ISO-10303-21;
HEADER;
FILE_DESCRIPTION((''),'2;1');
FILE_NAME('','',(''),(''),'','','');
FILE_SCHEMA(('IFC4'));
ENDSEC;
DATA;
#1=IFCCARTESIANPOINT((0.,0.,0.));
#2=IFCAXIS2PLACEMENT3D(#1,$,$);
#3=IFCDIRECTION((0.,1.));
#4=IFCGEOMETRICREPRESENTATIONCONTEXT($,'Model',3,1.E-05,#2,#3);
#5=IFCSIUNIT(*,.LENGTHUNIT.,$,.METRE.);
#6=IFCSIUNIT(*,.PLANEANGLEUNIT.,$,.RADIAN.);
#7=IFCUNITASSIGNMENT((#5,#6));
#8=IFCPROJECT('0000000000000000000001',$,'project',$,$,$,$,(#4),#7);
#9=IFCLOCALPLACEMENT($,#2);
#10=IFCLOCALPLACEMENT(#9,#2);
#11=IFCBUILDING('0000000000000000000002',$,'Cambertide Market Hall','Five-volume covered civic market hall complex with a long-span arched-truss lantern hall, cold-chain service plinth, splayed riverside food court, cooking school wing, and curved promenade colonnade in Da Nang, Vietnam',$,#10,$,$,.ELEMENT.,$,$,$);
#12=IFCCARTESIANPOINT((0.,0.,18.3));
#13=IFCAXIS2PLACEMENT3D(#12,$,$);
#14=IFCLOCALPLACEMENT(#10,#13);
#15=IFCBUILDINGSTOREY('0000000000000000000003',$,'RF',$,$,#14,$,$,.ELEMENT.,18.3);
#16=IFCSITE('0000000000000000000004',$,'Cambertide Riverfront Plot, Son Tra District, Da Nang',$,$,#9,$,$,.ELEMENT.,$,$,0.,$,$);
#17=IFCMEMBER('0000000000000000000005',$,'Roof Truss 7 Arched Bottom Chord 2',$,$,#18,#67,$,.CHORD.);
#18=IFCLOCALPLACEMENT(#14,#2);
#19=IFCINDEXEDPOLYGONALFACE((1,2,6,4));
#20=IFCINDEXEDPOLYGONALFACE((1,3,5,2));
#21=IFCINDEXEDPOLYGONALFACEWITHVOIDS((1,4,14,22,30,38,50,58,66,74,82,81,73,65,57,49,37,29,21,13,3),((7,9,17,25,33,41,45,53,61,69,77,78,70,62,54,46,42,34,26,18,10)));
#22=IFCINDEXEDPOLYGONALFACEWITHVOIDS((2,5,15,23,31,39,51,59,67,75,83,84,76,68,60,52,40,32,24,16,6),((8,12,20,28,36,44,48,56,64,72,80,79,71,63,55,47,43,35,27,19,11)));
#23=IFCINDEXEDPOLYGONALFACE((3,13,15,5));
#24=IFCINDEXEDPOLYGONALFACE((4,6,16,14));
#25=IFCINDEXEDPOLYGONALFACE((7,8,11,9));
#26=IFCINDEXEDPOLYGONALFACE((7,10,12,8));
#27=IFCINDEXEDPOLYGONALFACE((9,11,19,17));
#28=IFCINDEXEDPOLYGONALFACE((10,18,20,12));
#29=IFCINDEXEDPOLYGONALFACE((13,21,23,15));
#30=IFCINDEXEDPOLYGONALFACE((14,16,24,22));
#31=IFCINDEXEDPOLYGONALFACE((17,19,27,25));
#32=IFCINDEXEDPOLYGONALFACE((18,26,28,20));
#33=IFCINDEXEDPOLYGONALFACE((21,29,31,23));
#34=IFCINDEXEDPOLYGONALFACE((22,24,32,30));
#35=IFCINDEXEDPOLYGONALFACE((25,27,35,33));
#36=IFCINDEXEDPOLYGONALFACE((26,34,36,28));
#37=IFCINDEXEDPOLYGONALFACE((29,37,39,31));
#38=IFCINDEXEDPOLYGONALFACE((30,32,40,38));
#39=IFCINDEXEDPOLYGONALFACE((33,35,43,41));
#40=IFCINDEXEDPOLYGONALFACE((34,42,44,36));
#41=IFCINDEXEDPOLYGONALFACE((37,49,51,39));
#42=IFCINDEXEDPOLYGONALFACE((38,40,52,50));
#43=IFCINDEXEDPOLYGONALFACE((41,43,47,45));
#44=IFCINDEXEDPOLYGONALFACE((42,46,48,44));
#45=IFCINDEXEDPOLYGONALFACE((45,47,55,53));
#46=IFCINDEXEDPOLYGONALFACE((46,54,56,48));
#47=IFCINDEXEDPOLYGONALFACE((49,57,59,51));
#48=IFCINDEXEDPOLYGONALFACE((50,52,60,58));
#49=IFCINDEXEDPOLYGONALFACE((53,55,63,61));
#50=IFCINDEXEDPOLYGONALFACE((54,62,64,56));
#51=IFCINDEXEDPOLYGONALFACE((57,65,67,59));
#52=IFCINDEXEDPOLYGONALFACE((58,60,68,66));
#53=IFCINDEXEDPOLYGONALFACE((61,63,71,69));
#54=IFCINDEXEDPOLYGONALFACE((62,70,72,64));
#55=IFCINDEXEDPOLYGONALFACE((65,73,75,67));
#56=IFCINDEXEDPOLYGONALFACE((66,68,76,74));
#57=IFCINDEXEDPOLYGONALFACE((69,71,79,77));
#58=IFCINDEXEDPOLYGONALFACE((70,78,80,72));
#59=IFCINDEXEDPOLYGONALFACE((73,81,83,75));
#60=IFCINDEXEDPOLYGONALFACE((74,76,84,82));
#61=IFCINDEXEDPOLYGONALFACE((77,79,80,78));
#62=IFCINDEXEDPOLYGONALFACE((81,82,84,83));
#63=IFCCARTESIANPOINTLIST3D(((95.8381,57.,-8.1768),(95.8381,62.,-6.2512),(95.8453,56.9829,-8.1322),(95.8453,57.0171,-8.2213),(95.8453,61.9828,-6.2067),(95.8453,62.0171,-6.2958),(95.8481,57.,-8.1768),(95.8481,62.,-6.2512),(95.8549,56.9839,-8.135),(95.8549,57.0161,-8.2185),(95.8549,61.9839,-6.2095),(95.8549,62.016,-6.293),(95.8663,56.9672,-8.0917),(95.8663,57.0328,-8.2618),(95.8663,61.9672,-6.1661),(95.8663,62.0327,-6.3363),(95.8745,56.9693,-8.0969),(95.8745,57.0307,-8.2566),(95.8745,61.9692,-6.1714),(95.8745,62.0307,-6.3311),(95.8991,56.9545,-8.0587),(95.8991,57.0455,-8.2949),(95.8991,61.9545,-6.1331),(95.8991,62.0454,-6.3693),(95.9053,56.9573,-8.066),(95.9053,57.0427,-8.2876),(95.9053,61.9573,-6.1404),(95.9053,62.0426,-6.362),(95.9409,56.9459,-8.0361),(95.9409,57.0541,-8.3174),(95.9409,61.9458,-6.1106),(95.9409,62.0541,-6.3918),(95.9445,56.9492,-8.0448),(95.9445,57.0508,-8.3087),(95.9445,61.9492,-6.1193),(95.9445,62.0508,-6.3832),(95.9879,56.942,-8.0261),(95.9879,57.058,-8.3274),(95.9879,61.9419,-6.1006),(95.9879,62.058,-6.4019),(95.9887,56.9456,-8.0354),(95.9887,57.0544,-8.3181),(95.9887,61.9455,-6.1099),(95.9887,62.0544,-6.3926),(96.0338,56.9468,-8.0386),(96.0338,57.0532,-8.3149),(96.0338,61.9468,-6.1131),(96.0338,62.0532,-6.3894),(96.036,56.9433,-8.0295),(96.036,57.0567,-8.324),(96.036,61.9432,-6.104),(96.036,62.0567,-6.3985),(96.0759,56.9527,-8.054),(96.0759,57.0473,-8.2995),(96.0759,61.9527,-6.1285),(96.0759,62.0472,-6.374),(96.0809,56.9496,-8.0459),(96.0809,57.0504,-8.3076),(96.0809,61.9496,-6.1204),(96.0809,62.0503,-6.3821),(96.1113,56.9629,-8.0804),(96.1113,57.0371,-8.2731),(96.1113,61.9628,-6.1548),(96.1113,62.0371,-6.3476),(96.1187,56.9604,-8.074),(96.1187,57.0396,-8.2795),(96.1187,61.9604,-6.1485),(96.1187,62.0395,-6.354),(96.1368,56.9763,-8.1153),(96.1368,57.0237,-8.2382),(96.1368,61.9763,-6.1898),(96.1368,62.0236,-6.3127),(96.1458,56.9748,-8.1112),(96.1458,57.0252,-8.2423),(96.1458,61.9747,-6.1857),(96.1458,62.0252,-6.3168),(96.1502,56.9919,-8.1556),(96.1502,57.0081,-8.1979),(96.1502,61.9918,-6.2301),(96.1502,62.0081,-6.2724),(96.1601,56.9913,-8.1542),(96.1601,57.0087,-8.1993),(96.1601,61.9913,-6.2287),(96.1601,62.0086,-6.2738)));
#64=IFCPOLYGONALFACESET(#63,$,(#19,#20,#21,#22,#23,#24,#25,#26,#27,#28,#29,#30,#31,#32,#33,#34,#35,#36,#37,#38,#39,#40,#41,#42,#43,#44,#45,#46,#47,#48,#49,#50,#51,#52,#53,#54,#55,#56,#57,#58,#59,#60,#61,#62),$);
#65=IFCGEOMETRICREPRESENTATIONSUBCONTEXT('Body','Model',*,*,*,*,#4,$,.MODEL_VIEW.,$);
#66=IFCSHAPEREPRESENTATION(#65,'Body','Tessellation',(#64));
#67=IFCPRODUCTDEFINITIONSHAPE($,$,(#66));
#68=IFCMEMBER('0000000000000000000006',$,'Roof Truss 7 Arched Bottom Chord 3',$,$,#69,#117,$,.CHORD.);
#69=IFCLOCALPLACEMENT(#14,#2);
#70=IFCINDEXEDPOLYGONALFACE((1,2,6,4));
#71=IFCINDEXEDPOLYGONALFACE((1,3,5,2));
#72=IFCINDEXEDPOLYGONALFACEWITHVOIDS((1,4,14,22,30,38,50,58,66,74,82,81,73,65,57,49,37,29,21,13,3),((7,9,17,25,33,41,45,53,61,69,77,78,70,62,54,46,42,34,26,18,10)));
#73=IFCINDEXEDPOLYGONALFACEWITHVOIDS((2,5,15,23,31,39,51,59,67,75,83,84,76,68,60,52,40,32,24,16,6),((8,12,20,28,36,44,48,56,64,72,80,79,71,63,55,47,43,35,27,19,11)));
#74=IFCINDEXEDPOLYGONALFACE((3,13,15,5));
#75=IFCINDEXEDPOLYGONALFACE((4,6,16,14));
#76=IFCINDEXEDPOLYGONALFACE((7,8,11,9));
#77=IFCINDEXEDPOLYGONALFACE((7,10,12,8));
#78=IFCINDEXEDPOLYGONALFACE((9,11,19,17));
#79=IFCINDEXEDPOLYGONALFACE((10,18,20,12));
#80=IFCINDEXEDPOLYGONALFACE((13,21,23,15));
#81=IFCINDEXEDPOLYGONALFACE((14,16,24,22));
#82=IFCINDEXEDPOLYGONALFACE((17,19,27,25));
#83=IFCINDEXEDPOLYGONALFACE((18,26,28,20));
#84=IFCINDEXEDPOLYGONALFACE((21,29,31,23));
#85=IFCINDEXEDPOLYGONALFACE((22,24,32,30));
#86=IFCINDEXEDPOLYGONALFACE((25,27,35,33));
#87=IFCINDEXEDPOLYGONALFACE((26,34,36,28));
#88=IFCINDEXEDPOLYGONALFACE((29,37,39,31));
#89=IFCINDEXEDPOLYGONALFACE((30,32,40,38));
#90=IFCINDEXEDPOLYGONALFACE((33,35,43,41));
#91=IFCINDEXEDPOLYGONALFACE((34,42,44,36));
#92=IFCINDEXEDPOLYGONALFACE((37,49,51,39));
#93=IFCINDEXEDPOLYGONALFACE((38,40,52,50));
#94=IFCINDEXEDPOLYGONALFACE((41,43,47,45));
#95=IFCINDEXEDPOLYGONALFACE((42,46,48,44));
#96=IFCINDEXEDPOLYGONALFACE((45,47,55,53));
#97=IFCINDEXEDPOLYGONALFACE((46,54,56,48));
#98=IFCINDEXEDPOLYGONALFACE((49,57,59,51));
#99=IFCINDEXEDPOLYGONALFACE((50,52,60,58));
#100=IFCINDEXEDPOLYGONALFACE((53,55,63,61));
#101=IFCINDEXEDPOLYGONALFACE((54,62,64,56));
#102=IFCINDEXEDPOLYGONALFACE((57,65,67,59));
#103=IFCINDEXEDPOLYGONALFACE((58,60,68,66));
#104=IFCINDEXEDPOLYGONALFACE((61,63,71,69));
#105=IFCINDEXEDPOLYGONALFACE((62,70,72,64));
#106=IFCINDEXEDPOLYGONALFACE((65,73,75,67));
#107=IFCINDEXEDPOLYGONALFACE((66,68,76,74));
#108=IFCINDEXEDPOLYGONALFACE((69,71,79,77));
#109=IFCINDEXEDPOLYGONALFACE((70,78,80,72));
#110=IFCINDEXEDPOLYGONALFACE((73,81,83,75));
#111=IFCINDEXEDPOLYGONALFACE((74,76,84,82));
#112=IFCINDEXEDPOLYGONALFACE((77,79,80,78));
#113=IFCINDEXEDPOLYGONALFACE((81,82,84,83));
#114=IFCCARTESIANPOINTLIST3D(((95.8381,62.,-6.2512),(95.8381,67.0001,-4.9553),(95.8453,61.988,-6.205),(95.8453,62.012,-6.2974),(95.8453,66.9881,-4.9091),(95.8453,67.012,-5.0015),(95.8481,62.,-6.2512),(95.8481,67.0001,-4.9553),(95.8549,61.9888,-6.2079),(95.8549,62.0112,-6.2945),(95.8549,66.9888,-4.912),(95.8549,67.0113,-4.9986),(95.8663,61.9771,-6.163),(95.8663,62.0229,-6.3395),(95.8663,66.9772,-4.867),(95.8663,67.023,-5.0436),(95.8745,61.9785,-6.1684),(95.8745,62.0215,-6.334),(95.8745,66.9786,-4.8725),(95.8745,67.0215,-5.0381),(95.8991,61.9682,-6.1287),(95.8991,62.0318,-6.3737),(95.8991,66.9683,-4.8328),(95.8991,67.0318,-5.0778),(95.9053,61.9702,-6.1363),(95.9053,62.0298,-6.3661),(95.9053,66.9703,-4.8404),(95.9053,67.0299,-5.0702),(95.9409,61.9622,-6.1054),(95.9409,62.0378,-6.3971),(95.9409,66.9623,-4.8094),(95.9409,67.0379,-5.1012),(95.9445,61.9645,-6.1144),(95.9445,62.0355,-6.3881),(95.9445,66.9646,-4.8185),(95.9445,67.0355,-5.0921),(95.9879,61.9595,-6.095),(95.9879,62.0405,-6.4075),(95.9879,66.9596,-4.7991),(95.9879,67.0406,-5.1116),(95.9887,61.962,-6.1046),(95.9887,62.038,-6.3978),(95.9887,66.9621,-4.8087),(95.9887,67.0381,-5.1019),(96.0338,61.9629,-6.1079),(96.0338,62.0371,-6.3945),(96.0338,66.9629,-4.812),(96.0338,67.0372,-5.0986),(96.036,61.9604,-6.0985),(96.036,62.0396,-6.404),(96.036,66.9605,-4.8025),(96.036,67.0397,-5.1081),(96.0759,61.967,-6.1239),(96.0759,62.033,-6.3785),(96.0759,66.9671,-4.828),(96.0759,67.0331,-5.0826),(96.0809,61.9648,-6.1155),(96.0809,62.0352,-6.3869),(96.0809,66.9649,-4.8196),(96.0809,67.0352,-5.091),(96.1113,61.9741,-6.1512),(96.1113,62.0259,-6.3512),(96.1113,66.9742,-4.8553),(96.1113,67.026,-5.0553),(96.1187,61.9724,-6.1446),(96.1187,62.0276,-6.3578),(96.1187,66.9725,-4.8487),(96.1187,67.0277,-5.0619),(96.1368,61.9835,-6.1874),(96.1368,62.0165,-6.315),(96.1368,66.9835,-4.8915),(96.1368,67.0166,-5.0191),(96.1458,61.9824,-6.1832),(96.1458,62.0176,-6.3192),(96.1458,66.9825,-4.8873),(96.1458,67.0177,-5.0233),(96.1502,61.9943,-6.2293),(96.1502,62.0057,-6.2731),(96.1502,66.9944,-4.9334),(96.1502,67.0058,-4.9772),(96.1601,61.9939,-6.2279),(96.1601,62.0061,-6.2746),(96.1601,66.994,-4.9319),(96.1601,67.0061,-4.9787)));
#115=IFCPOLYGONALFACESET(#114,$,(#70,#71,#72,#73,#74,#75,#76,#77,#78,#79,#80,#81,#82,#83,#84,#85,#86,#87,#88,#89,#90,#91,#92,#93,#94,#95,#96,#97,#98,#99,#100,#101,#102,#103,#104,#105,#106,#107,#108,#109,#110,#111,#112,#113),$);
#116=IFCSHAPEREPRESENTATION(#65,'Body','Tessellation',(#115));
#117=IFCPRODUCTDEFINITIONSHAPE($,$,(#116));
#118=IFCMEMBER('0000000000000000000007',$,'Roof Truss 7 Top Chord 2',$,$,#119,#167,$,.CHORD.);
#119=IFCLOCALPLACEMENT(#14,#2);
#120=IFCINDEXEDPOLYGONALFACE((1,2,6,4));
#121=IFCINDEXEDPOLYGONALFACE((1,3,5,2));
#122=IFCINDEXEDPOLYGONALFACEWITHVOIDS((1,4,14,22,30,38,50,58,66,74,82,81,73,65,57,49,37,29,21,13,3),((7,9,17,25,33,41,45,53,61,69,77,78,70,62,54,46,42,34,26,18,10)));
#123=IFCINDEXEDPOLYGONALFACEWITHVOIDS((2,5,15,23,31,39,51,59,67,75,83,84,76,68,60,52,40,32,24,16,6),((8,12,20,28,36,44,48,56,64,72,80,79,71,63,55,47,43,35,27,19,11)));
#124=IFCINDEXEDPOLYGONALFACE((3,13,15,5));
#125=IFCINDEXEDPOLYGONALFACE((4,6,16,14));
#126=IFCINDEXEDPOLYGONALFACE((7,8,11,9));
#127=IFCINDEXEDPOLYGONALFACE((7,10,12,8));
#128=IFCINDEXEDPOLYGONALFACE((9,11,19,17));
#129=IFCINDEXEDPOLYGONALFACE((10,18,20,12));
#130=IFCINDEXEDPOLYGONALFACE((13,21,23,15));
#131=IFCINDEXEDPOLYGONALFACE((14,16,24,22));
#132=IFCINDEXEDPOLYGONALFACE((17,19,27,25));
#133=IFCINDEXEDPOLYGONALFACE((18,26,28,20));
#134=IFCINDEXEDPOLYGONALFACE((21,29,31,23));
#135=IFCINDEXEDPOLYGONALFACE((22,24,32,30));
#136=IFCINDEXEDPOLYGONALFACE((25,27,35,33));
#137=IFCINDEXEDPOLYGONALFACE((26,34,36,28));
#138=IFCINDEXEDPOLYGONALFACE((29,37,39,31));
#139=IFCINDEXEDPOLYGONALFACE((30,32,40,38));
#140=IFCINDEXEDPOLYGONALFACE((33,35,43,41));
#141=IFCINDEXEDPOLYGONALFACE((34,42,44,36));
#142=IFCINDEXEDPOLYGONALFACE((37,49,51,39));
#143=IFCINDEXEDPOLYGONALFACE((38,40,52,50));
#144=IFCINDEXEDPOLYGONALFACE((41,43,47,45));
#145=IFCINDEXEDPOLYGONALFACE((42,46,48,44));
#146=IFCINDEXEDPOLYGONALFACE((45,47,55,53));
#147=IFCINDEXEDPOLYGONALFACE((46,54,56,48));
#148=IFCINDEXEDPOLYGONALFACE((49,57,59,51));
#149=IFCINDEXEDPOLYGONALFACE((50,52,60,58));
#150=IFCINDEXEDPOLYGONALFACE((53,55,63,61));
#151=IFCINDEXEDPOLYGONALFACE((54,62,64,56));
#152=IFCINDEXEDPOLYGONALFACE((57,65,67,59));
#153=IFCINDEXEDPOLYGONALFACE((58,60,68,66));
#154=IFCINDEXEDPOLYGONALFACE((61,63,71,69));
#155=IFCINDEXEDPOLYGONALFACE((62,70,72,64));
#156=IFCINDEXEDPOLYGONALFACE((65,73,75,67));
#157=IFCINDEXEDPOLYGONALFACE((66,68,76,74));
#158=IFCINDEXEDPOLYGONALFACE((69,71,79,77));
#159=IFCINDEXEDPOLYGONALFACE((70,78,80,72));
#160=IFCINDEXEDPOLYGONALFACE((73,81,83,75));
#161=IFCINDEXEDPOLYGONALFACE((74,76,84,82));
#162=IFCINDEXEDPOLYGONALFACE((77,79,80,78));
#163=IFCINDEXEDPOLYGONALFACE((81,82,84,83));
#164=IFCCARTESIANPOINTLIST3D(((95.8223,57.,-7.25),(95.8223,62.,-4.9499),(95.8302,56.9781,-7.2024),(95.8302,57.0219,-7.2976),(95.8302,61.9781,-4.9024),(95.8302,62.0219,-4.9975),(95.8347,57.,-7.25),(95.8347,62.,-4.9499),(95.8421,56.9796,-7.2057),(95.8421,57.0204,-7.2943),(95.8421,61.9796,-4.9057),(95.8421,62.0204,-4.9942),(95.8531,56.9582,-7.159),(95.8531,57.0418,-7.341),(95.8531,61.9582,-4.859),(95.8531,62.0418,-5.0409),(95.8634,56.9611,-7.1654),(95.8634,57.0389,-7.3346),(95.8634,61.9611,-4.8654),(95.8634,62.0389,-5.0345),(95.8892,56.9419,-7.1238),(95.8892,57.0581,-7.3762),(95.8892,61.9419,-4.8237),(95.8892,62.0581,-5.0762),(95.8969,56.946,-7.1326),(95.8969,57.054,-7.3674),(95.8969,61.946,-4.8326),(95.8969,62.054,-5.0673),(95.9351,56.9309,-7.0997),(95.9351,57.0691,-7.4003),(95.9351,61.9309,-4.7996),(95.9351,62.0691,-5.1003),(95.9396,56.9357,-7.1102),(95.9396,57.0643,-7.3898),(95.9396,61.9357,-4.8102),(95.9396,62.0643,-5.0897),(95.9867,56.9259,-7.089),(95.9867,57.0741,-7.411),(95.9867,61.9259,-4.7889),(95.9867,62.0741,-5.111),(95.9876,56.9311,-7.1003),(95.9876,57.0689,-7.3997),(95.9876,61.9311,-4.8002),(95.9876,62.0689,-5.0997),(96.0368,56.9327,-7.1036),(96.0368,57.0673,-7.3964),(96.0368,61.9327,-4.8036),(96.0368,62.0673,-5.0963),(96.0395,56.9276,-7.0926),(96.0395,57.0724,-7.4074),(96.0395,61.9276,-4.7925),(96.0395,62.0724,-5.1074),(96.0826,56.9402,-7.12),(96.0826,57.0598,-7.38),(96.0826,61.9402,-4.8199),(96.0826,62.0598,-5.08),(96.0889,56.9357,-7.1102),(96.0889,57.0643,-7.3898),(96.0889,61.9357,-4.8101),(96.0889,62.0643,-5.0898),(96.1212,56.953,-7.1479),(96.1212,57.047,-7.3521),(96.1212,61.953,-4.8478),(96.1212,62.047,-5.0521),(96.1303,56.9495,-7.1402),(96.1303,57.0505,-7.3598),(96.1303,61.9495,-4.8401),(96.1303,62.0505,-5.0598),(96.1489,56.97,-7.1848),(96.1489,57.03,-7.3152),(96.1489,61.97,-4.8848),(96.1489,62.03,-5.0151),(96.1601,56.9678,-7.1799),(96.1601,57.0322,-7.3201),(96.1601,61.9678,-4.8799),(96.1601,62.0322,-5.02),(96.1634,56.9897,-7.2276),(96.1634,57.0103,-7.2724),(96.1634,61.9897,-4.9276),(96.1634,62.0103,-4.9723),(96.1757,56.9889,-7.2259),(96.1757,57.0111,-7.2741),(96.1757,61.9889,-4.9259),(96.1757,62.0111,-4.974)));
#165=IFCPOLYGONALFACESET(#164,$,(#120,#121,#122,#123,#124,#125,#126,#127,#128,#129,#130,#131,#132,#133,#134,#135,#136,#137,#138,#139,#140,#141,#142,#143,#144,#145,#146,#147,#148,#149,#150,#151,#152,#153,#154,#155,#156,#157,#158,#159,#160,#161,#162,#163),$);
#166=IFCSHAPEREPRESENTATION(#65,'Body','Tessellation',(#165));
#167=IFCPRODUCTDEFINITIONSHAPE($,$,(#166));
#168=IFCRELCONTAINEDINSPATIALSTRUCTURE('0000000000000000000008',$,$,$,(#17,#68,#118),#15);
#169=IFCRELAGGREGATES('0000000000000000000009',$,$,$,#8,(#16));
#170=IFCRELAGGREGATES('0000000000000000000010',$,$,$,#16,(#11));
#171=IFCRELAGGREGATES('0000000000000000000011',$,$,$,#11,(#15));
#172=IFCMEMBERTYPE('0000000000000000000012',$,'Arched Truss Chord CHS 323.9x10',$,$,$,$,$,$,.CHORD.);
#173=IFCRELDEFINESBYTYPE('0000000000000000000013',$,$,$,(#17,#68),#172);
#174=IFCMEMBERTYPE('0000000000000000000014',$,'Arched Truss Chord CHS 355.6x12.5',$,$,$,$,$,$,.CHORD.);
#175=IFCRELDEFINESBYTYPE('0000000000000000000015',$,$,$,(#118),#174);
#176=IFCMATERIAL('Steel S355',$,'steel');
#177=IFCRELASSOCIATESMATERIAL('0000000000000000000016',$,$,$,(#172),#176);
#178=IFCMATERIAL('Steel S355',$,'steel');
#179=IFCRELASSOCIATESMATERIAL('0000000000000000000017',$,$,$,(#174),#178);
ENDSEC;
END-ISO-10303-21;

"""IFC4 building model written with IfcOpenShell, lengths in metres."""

from ifc_helpers import new_model, si_unit, direction, frame, origin, origin_2d, place, context, subcontext, project, spatial, hollow_circle, extrude, material, material_profile, profile_set, type_object, element, save


model = new_model("IFC4")

# Units and contexts
model_context = context("Model", 3, precision=1e-05, world=origin(), true_north=direction((0.0, 1.0)))
body_context = subcontext(model_context, "Body", "Model", "MODEL_VIEW")
ifc_project = project(units=[si_unit("LENGTHUNIT", "METRE"), si_unit("PLANEANGLEUNIT", "RADIAN")], contexts=[model_context])

# Site, building, storey
site_placement = place(None, origin())
site = spatial("IfcSite", under=ifc_project, at=site_placement, Name="Cambertide Riverfront Plot, Son Tra District, Da Nang", CompositionType="ELEMENT", RefElevation=0.0)
building_placement = place(site_placement, origin())
building = spatial("IfcBuilding", under=site, at=building_placement, Name="Cambertide Market Hall", Description="Five-volume covered civic market hall complex with a long-span arched-truss lantern hall, cold-chain service plinth, splayed riverside food court, cooking school wing, and curved promenade colonnade in Da Nang, Vietnam", CompositionType="ELEMENT")
storey_placement = place(building_placement, frame((0.0, 0.0, 18.3)))
storey = spatial("IfcBuildingStorey", under=building, at=storey_placement, Name="RF", CompositionType="ELEMENT", Elevation=18.3)

# Members
ifc_material_1 = material(Name="Steel S355", Category="steel")
ifc_material_profile_1 = material_profile(ifc_material_1, hollow_circle(Radius=0.1619, WallThickness=0.01, at=origin_2d()), Name="CHS 323.9x10")
ifc_profile_set_1 = profile_set([ifc_material_profile_1], Name="Steel S355")
member_type_1 = type_object("IfcMemberType", Name="Arched Truss Chord CHS 323.9x10", PredefinedType="CHORD", material=ifc_profile_set_1)
member_1_placement = place(storey_placement, frame((96.0, 57.0, -8.1768), z_axis=(0.0, 0.933192, 0.359379), x_axis=(-1.0, 0.0, 0.0)))
element("IfcMember", 1, at=member_1_placement, inside=storey, type_object=member_type_1, Name="Roof Truss 7 Arched Bottom Chord 2", PredefinedType="CHORD", context=body_context, shape_type="SweptSolid", body=[
    extrude(hollow_circle(Radius=0.1619, WallThickness=0.01, at=origin_2d()), origin(), (0.0, 0.0, 1.0), 5.3579),
])
member_2_placement = place(storey_placement, frame((96.0, 62.0, -6.2512), z_axis=(0.0, 0.968016, 0.25089), x_axis=(-1.0, 0.0, 0.0)))
element("IfcMember", 2, at=member_2_placement, inside=storey, type_object=member_type_1, Name="Roof Truss 7 Arched Bottom Chord 3", PredefinedType="CHORD", context=body_context, shape_type="SweptSolid", body=[
    extrude(hollow_circle(Radius=0.1619, WallThickness=0.01, at=origin_2d()), origin(), (0.0, 0.0, 1.0), 5.1653),
])
ifc_material_2 = material(Name="Steel S355", Category="steel")
ifc_material_profile_2 = material_profile(ifc_material_2, hollow_circle(Radius=0.1777, WallThickness=0.0125, at=origin_2d()), Name="CHS 355.6x12.5")
ifc_profile_set_2 = profile_set([ifc_material_profile_2], Name="Steel S355")
member_type_2 = type_object("IfcMemberType", Name="Arched Truss Chord CHS 355.6x12.5", PredefinedType="CHORD", material=ifc_profile_set_2)
for number, where, z_axis, x_axis, name in (
    (3, (96.0, 57.0, -7.25), (0.0, 0.908487, 0.417913), (-1.0, 0.0, 0.0), "Roof Truss 7 Top Chord 2"),
):
    element("IfcMember", number, at=place(storey_placement, frame(where, z_axis=z_axis, x_axis=x_axis)), inside=storey, type_object=member_type_2, Name=name, PredefinedType="CHORD", context=body_context, shape_type="SweptSolid", body=[
        extrude(hollow_circle(Radius=0.1777, WallThickness=0.0125, at=origin_2d()), origin(), (0.0, 0.0, 1.0), 5.5037),
    ])

save(model, "model.ifc")
